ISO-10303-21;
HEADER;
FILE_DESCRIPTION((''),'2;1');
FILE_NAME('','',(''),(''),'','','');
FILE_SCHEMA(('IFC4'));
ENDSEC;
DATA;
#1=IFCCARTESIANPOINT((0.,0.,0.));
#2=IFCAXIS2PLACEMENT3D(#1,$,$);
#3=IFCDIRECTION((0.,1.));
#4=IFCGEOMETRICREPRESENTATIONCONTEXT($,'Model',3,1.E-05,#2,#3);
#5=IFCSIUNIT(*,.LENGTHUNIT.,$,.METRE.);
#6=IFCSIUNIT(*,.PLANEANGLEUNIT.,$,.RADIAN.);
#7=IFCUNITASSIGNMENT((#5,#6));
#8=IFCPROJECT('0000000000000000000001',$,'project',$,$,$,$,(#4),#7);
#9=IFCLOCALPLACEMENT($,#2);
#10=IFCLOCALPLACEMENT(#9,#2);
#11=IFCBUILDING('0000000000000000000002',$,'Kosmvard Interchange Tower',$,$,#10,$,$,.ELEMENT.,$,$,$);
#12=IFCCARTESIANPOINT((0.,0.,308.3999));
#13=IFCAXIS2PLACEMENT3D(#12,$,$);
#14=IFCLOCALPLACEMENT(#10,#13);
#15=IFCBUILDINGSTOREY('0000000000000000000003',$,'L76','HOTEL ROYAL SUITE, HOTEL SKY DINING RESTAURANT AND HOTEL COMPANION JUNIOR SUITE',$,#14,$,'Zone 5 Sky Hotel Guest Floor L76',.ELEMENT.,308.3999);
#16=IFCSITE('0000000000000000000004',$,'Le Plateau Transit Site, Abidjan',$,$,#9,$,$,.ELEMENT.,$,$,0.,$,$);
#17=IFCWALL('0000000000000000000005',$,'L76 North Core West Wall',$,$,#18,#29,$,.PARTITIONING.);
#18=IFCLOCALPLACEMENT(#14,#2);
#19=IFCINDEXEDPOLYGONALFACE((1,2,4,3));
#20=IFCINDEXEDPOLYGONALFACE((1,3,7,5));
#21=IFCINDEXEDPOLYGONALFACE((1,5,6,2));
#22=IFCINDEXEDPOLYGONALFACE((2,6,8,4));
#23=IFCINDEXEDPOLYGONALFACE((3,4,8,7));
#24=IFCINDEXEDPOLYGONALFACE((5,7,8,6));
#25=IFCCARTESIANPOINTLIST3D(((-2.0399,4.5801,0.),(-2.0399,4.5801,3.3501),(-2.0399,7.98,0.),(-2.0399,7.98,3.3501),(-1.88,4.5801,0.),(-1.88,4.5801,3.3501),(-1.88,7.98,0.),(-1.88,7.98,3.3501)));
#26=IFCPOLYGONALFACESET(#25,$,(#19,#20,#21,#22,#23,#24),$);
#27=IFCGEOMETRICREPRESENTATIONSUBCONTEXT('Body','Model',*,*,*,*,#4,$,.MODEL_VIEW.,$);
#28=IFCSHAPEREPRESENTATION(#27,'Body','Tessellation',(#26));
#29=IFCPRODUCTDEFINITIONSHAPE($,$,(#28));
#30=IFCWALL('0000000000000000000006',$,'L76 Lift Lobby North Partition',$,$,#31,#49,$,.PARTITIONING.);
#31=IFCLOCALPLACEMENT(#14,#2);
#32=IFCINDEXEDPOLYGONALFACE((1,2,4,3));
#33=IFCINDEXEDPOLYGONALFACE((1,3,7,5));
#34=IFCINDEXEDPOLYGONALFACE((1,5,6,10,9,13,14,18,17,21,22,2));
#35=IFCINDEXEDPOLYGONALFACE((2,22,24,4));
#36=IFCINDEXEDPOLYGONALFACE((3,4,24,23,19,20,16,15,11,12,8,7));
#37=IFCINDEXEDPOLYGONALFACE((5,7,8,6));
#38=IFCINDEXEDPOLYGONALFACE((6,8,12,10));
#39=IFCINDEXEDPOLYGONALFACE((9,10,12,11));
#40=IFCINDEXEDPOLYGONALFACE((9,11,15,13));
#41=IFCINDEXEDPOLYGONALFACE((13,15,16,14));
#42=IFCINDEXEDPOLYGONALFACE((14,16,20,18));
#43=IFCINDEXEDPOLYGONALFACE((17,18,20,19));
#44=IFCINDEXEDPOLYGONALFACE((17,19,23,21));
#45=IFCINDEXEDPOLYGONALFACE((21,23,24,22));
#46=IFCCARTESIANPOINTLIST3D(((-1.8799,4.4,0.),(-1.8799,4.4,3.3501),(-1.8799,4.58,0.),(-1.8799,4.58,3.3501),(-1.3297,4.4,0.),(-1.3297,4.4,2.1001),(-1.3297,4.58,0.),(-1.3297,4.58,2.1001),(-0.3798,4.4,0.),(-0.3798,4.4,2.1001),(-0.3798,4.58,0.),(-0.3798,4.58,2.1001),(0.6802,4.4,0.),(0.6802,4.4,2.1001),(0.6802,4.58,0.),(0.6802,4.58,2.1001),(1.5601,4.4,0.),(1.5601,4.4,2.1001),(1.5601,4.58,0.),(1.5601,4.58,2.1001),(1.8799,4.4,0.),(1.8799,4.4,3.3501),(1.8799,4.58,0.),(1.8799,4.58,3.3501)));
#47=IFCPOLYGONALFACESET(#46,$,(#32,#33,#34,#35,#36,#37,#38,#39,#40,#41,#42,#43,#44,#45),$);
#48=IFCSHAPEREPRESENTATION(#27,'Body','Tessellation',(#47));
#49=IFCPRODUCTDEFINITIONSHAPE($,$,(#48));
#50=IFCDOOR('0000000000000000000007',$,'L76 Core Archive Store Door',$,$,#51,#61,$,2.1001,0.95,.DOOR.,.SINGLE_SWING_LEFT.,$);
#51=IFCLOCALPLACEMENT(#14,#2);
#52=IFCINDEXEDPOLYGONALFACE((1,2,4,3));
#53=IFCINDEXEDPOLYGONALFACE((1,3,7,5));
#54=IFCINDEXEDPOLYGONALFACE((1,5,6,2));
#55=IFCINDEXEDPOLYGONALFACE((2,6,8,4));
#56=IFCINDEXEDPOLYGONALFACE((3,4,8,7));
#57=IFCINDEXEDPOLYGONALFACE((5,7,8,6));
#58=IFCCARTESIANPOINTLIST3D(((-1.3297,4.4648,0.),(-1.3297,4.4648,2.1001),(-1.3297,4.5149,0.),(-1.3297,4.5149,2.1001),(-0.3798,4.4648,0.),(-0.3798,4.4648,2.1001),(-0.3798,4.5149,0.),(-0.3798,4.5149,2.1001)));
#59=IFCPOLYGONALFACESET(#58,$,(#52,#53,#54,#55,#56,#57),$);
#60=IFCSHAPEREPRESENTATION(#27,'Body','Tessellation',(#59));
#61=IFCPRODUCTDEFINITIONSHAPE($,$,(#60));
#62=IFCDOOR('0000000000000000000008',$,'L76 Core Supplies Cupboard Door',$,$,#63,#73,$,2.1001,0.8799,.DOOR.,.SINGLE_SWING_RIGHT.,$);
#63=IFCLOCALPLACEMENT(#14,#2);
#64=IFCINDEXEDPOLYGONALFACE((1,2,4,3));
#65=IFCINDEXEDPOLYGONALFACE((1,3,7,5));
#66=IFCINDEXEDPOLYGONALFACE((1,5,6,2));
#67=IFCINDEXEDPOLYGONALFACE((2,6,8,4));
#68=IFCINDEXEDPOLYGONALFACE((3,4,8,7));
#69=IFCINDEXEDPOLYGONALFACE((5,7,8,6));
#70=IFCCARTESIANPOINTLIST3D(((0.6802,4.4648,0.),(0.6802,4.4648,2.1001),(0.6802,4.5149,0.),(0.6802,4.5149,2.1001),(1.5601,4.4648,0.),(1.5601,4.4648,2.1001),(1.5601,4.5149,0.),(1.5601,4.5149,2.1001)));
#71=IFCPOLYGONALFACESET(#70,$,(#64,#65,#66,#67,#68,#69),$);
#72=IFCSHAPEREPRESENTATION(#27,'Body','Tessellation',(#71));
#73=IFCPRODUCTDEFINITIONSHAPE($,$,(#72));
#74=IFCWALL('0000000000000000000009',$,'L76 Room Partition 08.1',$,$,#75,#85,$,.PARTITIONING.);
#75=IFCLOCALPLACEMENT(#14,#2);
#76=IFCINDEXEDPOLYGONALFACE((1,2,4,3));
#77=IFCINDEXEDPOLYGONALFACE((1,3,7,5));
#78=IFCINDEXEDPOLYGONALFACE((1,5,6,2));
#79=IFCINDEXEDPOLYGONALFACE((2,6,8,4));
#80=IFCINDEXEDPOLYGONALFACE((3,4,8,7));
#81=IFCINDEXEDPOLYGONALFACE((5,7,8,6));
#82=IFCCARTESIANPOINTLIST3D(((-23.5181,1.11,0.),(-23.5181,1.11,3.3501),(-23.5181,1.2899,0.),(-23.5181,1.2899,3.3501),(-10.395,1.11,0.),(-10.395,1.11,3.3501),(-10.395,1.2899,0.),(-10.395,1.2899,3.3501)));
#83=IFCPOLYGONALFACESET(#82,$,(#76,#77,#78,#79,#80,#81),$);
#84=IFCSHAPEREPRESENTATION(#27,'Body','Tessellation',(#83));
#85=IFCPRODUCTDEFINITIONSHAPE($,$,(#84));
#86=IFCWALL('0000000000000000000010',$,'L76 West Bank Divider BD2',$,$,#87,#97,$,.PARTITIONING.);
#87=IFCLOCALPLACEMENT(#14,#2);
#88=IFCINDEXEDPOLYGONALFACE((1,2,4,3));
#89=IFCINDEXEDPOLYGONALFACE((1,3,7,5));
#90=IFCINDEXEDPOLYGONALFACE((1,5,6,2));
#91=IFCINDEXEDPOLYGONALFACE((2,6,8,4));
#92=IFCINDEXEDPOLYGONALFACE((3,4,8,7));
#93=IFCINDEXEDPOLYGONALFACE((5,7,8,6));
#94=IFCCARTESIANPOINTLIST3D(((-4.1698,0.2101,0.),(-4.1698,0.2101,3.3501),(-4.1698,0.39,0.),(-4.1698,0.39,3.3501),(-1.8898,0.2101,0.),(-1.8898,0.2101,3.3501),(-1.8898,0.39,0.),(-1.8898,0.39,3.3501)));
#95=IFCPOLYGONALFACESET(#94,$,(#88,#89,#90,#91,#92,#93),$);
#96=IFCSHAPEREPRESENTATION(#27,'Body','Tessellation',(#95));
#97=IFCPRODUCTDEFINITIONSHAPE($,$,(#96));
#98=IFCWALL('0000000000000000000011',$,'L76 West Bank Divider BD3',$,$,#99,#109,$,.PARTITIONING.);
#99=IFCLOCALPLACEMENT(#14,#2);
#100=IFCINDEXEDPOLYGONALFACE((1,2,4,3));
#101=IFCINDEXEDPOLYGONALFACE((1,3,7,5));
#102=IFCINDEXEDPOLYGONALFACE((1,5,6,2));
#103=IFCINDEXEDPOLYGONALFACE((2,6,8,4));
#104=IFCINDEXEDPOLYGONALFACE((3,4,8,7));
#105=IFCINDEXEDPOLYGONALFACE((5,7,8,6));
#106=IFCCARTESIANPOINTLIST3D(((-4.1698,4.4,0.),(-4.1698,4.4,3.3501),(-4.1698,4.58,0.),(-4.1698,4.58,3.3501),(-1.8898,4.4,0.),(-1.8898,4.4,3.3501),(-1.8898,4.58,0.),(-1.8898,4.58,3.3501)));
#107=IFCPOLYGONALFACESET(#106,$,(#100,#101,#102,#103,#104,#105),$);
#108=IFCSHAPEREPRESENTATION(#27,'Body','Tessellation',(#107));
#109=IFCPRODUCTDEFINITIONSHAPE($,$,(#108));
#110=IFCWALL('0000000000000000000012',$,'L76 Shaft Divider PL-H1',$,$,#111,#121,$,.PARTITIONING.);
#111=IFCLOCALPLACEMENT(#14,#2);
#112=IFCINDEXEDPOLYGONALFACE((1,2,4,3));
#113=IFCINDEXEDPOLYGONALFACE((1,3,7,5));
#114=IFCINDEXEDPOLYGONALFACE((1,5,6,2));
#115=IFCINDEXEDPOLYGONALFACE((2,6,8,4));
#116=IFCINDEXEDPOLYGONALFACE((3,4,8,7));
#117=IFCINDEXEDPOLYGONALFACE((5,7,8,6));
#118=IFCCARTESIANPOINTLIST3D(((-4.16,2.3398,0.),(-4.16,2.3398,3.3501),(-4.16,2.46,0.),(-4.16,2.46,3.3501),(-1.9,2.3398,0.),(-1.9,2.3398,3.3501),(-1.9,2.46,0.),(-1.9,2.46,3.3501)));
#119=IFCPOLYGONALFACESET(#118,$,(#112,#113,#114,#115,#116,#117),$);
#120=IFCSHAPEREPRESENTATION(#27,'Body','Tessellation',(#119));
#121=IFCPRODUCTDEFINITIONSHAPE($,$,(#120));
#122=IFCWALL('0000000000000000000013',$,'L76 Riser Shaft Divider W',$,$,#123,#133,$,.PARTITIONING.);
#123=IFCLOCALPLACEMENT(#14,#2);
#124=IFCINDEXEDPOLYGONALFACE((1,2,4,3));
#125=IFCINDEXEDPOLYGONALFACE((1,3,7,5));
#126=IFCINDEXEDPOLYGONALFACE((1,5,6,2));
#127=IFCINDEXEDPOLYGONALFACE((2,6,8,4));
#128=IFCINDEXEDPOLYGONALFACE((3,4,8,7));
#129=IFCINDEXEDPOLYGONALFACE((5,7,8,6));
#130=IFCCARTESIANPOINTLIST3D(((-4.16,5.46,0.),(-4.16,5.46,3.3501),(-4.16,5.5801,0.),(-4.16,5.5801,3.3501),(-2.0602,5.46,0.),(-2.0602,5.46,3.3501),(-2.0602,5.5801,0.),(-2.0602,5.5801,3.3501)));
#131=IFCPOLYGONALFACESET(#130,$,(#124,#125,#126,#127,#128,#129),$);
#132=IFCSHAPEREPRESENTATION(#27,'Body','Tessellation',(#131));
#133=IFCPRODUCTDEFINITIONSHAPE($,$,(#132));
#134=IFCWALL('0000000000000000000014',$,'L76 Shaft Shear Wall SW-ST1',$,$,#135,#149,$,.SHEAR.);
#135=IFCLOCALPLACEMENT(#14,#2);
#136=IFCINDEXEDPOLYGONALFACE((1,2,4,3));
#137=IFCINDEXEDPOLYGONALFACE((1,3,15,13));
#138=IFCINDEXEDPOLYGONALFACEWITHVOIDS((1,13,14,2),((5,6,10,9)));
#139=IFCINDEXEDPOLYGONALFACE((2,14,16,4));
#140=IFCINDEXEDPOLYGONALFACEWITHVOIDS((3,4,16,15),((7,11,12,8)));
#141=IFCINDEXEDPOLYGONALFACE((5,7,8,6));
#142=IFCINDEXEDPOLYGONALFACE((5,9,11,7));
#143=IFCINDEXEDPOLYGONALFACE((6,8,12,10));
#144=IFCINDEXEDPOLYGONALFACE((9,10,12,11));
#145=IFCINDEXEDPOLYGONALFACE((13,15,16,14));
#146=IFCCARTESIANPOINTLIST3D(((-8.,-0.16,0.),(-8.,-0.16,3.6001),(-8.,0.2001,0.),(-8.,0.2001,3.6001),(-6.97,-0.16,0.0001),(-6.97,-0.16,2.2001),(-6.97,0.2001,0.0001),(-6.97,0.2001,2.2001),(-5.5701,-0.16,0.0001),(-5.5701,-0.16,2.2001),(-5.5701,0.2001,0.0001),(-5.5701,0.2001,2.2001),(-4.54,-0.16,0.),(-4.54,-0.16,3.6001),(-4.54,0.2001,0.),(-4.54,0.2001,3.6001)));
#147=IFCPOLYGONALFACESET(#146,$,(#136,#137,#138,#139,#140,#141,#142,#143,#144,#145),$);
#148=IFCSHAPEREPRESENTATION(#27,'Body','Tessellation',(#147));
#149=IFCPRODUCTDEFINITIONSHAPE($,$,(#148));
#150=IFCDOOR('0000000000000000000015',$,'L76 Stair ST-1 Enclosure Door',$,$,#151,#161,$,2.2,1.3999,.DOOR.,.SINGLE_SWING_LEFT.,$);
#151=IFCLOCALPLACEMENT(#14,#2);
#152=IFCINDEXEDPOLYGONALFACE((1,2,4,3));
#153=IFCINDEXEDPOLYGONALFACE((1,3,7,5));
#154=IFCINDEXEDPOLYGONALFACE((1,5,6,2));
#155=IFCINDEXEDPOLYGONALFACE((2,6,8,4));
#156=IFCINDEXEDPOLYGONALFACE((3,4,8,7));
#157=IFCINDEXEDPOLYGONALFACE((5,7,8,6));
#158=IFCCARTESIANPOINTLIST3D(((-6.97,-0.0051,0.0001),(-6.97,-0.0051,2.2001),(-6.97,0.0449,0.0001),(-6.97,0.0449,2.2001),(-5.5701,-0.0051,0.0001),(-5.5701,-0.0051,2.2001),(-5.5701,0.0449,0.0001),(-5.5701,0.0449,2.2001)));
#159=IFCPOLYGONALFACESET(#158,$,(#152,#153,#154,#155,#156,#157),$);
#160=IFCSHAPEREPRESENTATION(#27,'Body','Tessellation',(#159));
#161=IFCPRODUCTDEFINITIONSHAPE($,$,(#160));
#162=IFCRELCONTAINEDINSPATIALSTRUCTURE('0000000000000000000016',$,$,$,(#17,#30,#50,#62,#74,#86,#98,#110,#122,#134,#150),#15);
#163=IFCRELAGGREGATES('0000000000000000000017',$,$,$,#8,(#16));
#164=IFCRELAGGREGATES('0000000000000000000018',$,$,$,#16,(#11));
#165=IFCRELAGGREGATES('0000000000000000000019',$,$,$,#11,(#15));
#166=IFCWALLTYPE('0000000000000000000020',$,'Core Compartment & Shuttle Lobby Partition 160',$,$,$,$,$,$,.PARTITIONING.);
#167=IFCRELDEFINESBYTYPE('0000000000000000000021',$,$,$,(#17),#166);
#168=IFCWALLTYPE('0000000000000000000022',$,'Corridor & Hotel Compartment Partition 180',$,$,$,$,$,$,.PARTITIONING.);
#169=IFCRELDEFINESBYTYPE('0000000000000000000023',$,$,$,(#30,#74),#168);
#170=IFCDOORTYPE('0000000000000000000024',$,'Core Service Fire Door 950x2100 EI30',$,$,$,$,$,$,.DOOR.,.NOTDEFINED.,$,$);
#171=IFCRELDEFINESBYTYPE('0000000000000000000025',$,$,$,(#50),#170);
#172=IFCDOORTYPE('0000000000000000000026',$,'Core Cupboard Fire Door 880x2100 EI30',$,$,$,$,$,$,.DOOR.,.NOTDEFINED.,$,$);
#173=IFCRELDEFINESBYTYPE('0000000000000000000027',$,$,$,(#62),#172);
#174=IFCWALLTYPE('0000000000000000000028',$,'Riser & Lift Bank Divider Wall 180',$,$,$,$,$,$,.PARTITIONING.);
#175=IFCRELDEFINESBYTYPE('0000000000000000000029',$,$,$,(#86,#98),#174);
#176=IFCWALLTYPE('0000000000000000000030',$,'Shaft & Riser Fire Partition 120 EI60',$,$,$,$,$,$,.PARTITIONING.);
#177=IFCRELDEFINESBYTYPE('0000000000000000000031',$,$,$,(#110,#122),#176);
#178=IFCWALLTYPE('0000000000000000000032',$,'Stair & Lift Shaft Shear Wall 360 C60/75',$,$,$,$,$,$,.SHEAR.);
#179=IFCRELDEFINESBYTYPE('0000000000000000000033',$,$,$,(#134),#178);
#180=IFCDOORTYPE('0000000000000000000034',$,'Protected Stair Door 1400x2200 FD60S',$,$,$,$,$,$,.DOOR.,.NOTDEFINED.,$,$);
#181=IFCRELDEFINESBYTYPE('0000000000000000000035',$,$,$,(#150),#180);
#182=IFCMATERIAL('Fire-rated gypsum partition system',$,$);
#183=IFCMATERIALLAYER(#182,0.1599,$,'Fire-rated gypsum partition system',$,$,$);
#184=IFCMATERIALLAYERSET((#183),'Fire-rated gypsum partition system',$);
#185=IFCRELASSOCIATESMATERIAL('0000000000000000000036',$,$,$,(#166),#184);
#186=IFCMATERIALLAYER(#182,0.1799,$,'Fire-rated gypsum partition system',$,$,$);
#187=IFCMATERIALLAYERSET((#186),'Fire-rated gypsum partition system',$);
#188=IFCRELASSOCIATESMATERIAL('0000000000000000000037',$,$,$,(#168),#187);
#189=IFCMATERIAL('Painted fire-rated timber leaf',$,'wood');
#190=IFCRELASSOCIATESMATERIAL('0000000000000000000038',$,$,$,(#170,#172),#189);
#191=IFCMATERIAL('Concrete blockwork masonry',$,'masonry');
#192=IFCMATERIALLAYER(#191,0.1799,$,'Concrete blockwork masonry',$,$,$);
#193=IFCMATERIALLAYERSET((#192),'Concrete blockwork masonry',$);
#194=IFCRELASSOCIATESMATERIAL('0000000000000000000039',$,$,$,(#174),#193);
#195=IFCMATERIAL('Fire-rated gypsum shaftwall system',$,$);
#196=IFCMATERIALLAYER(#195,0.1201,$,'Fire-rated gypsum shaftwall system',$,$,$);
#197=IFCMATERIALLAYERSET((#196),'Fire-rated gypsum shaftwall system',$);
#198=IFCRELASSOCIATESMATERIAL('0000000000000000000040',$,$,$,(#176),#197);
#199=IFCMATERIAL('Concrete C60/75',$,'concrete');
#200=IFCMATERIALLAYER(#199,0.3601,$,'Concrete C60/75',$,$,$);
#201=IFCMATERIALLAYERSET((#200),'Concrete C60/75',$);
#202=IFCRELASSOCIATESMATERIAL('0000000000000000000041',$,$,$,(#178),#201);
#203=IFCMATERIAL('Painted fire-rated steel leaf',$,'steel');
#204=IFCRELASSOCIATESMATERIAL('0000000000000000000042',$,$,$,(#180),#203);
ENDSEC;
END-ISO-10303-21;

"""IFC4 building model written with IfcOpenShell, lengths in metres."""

from ifc_helpers import new_model, si_unit, direction, frame, frame_2d, origin, place, context, subcontext, project, spatial, rectangle, extrude, source, transform, mapped, material, layer, layer_set, type_object, element, fill, save


model = new_model("IFC4")

# Units and contexts
model_context = context("Model", 3, precision=1e-05, world=origin(), true_north=direction((0.0, 1.0)))
body_context = subcontext(model_context, "Body", "Model", "MODEL_VIEW")
ifc_project = project(units=[si_unit("LENGTHUNIT", "METRE"), si_unit("PLANEANGLEUNIT", "RADIAN")], contexts=[model_context])

# Site, building, storey
site_placement = place(None, origin())
site = spatial("IfcSite", under=ifc_project, at=site_placement, Name="Le Plateau Transit Site, Abidjan", CompositionType="ELEMENT", RefElevation=0.0)
building_placement = place(site_placement, origin())
building = spatial("IfcBuilding", under=site, at=building_placement, Name="Kosmvard Interchange Tower", CompositionType="ELEMENT")
storey_placement = place(building_placement, frame((0.0, 0.0, 308.3999)))
storey = spatial("IfcBuildingStorey", under=building, at=storey_placement, Name="L76", Description="HOTEL ROYAL SUITE, HOTEL SKY DINING RESTAURANT AND HOTEL COMPANION JUNIOR SUITE", LongName="Zone 5 Sky Hotel Guest Floor L76", CompositionType="ELEMENT", Elevation=308.3999)

# Wall
ifc_material_1 = material(Name="Fire-rated gypsum partition system")
ifc_layer_1 = layer(ifc_material_1, 0.1599, Name="Fire-rated gypsum partition system")
ifc_layer_set_1 = layer_set([ifc_layer_1], Name="Fire-rated gypsum partition system")
wall_type_1 = type_object("IfcWallType", Name="Core Compartment & Shuttle Lobby Partition 160", PredefinedType="PARTITIONING", material=ifc_layer_set_1)
wall_1_placement = place(storey_placement, frame((-1.96, 4.5801, 0.0), z_axis=(0.0, 0.0, 1.0), x_axis=(0.0, 1.0, 0.0)))
element("IfcWall", 1, at=wall_1_placement, inside=storey, type_object=wall_type_1, Name="L76 North Core West Wall", PredefinedType="PARTITIONING", context=body_context, shape_type="SweptSolid", body=[
    extrude(rectangle(XDim=3.3999, YDim=0.1599, at=frame_2d((1.7, 0.0))), origin(), (0.0, 0.0, 1.0), 3.3501),
])

# Wall, openings, doors
ifc_layer_2 = layer(ifc_material_1, 0.1799, Name="Fire-rated gypsum partition system")
ifc_layer_set_2 = layer_set([ifc_layer_2], Name="Fire-rated gypsum partition system")
wall_type_2 = type_object("IfcWallType", Name="Corridor & Hotel Compartment Partition 180", PredefinedType="PARTITIONING", material=ifc_layer_set_2)
wall_2_placement = place(storey_placement, frame((-1.8799, 4.49, 0.0), z_axis=(0.0, 0.0, 1.0), x_axis=(1.0, 0.0, 0.0)))
wall_2 = element("IfcWall", 2, at=wall_2_placement, inside=storey, type_object=wall_type_2, Name="L76 Lift Lobby North Partition", PredefinedType="PARTITIONING", context=body_context, shape_type="SweptSolid", body=[
    extrude(rectangle(XDim=3.7598, YDim=0.1799, at=frame_2d((1.8799, 0.0))), origin(), (0.0, 0.0, 1.0), 3.3501),
])
opening_1_placement = place(wall_2_placement, frame((0.55, 0.0, 0.0)))
opening_1 = element("IfcOpeningElement", 3, at=opening_1_placement, cuts=wall_2, PredefinedType="OPENING", context=body_context, shape_type="SweptSolid", body=[
    extrude(rectangle(XDim=0.95, YDim=2.1001, at=frame_2d((0.4751, 1.05))), frame((0.0, 0.1001, 0.0), z_axis=(0.0, -1.0, 0.0), x_axis=(1.0, 0.0, 0.0)), (0.0, 0.0, 1.0), 0.2),
])
opening_2_placement = place(wall_2_placement, frame((2.5601, 0.0, 0.0)))
opening_2 = element("IfcOpeningElement", 4, at=opening_2_placement, cuts=wall_2, PredefinedType="OPENING", context=body_context, shape_type="SweptSolid", body=[
    extrude(rectangle(XDim=0.8799, YDim=2.1001, at=frame_2d((0.4399, 1.05))), frame((0.0, 0.1001, 0.0), z_axis=(0.0, -1.0, 0.0), x_axis=(1.0, 0.0, 0.0)), (0.0, 0.0, 1.0), 0.2),
])
ifc_material_2 = material(Name="Painted fire-rated timber leaf", Category="wood")
door_type_1 = type_object("IfcDoorType", Name="Core Service Fire Door 950x2100 EI30", OperationType="NOTDEFINED", PredefinedType="DOOR", material=ifc_material_2)
shared_shape_1 = source(origin(), body_context, "Body", "SweptSolid", [
    extrude(rectangle(XDim=0.95, YDim=2.1001, at=frame_2d((0.4751, 1.05))), frame((0.0, 0.0249, 0.0), z_axis=(0.0, -1.0, 0.0), x_axis=(1.0, 0.0, 0.0)), (0.0, 0.0, 1.0), 0.05),
])
door_1_placement = place(opening_1_placement, origin())
door_1 = element("IfcDoor", 5, at=door_1_placement, inside=storey, type_object=door_type_1, Name="L76 Core Archive Store Door", OperationType="SINGLE_SWING_LEFT", OverallHeight=2.1001, OverallWidth=0.95, PredefinedType="DOOR", context=body_context, shape_type="MappedRepresentation", body=[
    mapped(shared_shape_1, transform((0.0, 0.0, 0.0), scale=1.0)),
])
fill(opening_1, door_1)
door_type_2 = type_object("IfcDoorType", Name="Core Cupboard Fire Door 880x2100 EI30", OperationType="NOTDEFINED", PredefinedType="DOOR", material=ifc_material_2)
shared_shape_2 = source(origin(), body_context, "Body", "SweptSolid", [
    extrude(rectangle(XDim=0.8799, YDim=2.1001, at=frame_2d((0.4399, 1.05))), frame((0.0, 0.0249, 0.0), z_axis=(0.0, -1.0, 0.0), x_axis=(1.0, 0.0, 0.0)), (0.0, 0.0, 1.0), 0.05),
])
door_2_placement = place(opening_2_placement, origin())
door_2 = element("IfcDoor", 6, at=door_2_placement, inside=storey, type_object=door_type_2, Name="L76 Core Supplies Cupboard Door", OperationType="SINGLE_SWING_RIGHT", OverallHeight=2.1001, OverallWidth=0.8799, PredefinedType="DOOR", context=body_context, shape_type="MappedRepresentation", body=[
    mapped(shared_shape_2, transform((0.0, 0.0, 0.0), scale=1.0)),
])
fill(opening_2, door_2)

# Walls
wall_3_placement = place(storey_placement, frame((-10.395, 1.2, 0.0), z_axis=(0.0, 0.0, 1.0), x_axis=(-1.0, 0.0, 0.0)))
element("IfcWall", 7, at=wall_3_placement, inside=storey, type_object=wall_type_2, Name="L76 Room Partition 08.1", PredefinedType="PARTITIONING", context=body_context, shape_type="SweptSolid", body=[
    extrude(rectangle(XDim=13.123, YDim=0.1799, at=frame_2d((6.5615, 0.0))), origin(), (0.0, 0.0, 1.0), 3.3501),
])
ifc_material_3 = material(Name="Concrete blockwork masonry", Category="masonry")
ifc_layer_3 = layer(ifc_material_3, 0.1799, Name="Concrete blockwork masonry")
ifc_layer_set_3 = layer_set([ifc_layer_3], Name="Concrete blockwork masonry")
wall_type_3 = type_object("IfcWallType", Name="Riser & Lift Bank Divider Wall 180", PredefinedType="PARTITIONING", material=ifc_layer_set_3)
for number, where, z_axis, x_axis, name in (
    (8, (-4.1699, 0.3, 0.0), (0.0, 0.0, 1.0), (1.0, 0.0, 0.0), "L76 West Bank Divider BD2"),
    (9, (-4.1699, 4.49, 0.0), (0.0, 0.0, 1.0), (1.0, 0.0, 0.0), "L76 West Bank Divider BD3"),
):
    element("IfcWall", number, at=place(storey_placement, frame(where, z_axis=z_axis, x_axis=x_axis)), inside=storey, type_object=wall_type_3, Name=name, PredefinedType="PARTITIONING", context=body_context, shape_type="SweptSolid", body=[
        extrude(rectangle(XDim=2.28, YDim=0.1799, at=frame_2d((1.1401, 0.0))), origin(), (0.0, 0.0, 1.0), 3.3501),
    ])
ifc_material_4 = material(Name="Fire-rated gypsum shaftwall system")
ifc_layer_4 = layer(ifc_material_4, 0.1201, Name="Fire-rated gypsum shaftwall system")
ifc_layer_set_4 = layer_set([ifc_layer_4], Name="Fire-rated gypsum shaftwall system")
wall_type_4 = type_object("IfcWallType", Name="Shaft & Riser Fire Partition 120 EI60", PredefinedType="PARTITIONING", material=ifc_layer_set_4)
wall_4_placement = place(storey_placement, frame((-4.1599, 2.3999, 0.0), z_axis=(0.0, 0.0, 1.0), x_axis=(1.0, 0.0, 0.0)))
element("IfcWall", 10, at=wall_4_placement, inside=storey, type_object=wall_type_4, Name="L76 Shaft Divider PL-H1", PredefinedType="PARTITIONING", context=body_context, shape_type="SweptSolid", body=[
    extrude(rectangle(XDim=2.26, YDim=0.1201, at=frame_2d((1.1299, 0.0))), origin(), (0.0, 0.0, 1.0), 3.3501),
])
wall_5_placement = place(storey_placement, frame((-4.1599, 5.52, 0.0), z_axis=(0.0, 0.0, 1.0), x_axis=(1.0, 0.0, 0.0)))
element("IfcWall", 11, at=wall_5_placement, inside=storey, type_object=wall_type_4, Name="L76 Riser Shaft Divider W", PredefinedType="PARTITIONING", context=body_context, shape_type="SweptSolid", body=[
    extrude(rectangle(XDim=2.0999, YDim=0.1201, at=frame_2d((1.0498, 0.0))), origin(), (0.0, 0.0, 1.0), 3.3501),
])

# Wall, opening, door
ifc_material_5 = material(Name="Concrete C60/75", Category="concrete")
ifc_layer_5 = layer(ifc_material_5, 0.3601, Name="Concrete C60/75")
ifc_layer_set_5 = layer_set([ifc_layer_5], Name="Concrete C60/75")
wall_type_5 = type_object("IfcWallType", Name="Stair & Lift Shaft Shear Wall 360 C60/75", PredefinedType="SHEAR", material=ifc_layer_set_5)
wall_6_placement = place(storey_placement, frame((-8.0, 0.02, 0.0), z_axis=(0.0, 0.0, 1.0), x_axis=(1.0, 0.0, 0.0)))
wall_6 = element("IfcWall", 12, at=wall_6_placement, inside=storey, type_object=wall_type_5, Name="L76 Shaft Shear Wall SW-ST1", PredefinedType="SHEAR", context=body_context, shape_type="SweptSolid", body=[
    extrude(rectangle(XDim=3.46, YDim=0.3601, at=frame_2d((1.73, 0.0))), origin(), (0.0, 0.0, 1.0), 3.6001),
])
opening_3_placement = place(wall_6_placement, frame((1.03, 0.0, 0.0)))
opening_3 = element("IfcOpeningElement", 13, at=opening_3_placement, cuts=wall_6, PredefinedType="OPENING", context=body_context, shape_type="SweptSolid", body=[
    extrude(rectangle(XDim=1.3999, YDim=2.2, at=frame_2d((0.7, 1.1001))), frame((0.0, 0.1899, 0.0), z_axis=(0.0, -1.0, 0.0), x_axis=(1.0, 0.0, 0.0)), (0.0, 0.0, 1.0), 0.3801),
])
ifc_material_6 = material(Name="Painted fire-rated steel leaf", Category="steel")
door_type_3 = type_object("IfcDoorType", Name="Protected Stair Door 1400x2200 FD60S", OperationType="NOTDEFINED", PredefinedType="DOOR", material=ifc_material_6)
shared_shape_3 = source(origin(), body_context, "Body", "SweptSolid", [
    extrude(rectangle(XDim=1.3999, YDim=2.2, at=frame_2d((0.7, 1.1001))), frame((0.0, 0.0249, 0.0), z_axis=(0.0, -1.0, 0.0), x_axis=(1.0, 0.0, 0.0)), (0.0, 0.0, 1.0), 0.05),
])
door_3_placement = place(opening_3_placement, origin())
door_3 = element("IfcDoor", 14, at=door_3_placement, inside=storey, type_object=door_type_3, Name="L76 Stair ST-1 Enclosure Door", OperationType="SINGLE_SWING_LEFT", OverallHeight=2.2, OverallWidth=1.3999, PredefinedType="DOOR", context=body_context, shape_type="MappedRepresentation", body=[
    mapped(shared_shape_3, transform((0.0, 0.0, 0.0), scale=1.0)),
])
fill(opening_3, door_3)

save(model, "model.ifc")
